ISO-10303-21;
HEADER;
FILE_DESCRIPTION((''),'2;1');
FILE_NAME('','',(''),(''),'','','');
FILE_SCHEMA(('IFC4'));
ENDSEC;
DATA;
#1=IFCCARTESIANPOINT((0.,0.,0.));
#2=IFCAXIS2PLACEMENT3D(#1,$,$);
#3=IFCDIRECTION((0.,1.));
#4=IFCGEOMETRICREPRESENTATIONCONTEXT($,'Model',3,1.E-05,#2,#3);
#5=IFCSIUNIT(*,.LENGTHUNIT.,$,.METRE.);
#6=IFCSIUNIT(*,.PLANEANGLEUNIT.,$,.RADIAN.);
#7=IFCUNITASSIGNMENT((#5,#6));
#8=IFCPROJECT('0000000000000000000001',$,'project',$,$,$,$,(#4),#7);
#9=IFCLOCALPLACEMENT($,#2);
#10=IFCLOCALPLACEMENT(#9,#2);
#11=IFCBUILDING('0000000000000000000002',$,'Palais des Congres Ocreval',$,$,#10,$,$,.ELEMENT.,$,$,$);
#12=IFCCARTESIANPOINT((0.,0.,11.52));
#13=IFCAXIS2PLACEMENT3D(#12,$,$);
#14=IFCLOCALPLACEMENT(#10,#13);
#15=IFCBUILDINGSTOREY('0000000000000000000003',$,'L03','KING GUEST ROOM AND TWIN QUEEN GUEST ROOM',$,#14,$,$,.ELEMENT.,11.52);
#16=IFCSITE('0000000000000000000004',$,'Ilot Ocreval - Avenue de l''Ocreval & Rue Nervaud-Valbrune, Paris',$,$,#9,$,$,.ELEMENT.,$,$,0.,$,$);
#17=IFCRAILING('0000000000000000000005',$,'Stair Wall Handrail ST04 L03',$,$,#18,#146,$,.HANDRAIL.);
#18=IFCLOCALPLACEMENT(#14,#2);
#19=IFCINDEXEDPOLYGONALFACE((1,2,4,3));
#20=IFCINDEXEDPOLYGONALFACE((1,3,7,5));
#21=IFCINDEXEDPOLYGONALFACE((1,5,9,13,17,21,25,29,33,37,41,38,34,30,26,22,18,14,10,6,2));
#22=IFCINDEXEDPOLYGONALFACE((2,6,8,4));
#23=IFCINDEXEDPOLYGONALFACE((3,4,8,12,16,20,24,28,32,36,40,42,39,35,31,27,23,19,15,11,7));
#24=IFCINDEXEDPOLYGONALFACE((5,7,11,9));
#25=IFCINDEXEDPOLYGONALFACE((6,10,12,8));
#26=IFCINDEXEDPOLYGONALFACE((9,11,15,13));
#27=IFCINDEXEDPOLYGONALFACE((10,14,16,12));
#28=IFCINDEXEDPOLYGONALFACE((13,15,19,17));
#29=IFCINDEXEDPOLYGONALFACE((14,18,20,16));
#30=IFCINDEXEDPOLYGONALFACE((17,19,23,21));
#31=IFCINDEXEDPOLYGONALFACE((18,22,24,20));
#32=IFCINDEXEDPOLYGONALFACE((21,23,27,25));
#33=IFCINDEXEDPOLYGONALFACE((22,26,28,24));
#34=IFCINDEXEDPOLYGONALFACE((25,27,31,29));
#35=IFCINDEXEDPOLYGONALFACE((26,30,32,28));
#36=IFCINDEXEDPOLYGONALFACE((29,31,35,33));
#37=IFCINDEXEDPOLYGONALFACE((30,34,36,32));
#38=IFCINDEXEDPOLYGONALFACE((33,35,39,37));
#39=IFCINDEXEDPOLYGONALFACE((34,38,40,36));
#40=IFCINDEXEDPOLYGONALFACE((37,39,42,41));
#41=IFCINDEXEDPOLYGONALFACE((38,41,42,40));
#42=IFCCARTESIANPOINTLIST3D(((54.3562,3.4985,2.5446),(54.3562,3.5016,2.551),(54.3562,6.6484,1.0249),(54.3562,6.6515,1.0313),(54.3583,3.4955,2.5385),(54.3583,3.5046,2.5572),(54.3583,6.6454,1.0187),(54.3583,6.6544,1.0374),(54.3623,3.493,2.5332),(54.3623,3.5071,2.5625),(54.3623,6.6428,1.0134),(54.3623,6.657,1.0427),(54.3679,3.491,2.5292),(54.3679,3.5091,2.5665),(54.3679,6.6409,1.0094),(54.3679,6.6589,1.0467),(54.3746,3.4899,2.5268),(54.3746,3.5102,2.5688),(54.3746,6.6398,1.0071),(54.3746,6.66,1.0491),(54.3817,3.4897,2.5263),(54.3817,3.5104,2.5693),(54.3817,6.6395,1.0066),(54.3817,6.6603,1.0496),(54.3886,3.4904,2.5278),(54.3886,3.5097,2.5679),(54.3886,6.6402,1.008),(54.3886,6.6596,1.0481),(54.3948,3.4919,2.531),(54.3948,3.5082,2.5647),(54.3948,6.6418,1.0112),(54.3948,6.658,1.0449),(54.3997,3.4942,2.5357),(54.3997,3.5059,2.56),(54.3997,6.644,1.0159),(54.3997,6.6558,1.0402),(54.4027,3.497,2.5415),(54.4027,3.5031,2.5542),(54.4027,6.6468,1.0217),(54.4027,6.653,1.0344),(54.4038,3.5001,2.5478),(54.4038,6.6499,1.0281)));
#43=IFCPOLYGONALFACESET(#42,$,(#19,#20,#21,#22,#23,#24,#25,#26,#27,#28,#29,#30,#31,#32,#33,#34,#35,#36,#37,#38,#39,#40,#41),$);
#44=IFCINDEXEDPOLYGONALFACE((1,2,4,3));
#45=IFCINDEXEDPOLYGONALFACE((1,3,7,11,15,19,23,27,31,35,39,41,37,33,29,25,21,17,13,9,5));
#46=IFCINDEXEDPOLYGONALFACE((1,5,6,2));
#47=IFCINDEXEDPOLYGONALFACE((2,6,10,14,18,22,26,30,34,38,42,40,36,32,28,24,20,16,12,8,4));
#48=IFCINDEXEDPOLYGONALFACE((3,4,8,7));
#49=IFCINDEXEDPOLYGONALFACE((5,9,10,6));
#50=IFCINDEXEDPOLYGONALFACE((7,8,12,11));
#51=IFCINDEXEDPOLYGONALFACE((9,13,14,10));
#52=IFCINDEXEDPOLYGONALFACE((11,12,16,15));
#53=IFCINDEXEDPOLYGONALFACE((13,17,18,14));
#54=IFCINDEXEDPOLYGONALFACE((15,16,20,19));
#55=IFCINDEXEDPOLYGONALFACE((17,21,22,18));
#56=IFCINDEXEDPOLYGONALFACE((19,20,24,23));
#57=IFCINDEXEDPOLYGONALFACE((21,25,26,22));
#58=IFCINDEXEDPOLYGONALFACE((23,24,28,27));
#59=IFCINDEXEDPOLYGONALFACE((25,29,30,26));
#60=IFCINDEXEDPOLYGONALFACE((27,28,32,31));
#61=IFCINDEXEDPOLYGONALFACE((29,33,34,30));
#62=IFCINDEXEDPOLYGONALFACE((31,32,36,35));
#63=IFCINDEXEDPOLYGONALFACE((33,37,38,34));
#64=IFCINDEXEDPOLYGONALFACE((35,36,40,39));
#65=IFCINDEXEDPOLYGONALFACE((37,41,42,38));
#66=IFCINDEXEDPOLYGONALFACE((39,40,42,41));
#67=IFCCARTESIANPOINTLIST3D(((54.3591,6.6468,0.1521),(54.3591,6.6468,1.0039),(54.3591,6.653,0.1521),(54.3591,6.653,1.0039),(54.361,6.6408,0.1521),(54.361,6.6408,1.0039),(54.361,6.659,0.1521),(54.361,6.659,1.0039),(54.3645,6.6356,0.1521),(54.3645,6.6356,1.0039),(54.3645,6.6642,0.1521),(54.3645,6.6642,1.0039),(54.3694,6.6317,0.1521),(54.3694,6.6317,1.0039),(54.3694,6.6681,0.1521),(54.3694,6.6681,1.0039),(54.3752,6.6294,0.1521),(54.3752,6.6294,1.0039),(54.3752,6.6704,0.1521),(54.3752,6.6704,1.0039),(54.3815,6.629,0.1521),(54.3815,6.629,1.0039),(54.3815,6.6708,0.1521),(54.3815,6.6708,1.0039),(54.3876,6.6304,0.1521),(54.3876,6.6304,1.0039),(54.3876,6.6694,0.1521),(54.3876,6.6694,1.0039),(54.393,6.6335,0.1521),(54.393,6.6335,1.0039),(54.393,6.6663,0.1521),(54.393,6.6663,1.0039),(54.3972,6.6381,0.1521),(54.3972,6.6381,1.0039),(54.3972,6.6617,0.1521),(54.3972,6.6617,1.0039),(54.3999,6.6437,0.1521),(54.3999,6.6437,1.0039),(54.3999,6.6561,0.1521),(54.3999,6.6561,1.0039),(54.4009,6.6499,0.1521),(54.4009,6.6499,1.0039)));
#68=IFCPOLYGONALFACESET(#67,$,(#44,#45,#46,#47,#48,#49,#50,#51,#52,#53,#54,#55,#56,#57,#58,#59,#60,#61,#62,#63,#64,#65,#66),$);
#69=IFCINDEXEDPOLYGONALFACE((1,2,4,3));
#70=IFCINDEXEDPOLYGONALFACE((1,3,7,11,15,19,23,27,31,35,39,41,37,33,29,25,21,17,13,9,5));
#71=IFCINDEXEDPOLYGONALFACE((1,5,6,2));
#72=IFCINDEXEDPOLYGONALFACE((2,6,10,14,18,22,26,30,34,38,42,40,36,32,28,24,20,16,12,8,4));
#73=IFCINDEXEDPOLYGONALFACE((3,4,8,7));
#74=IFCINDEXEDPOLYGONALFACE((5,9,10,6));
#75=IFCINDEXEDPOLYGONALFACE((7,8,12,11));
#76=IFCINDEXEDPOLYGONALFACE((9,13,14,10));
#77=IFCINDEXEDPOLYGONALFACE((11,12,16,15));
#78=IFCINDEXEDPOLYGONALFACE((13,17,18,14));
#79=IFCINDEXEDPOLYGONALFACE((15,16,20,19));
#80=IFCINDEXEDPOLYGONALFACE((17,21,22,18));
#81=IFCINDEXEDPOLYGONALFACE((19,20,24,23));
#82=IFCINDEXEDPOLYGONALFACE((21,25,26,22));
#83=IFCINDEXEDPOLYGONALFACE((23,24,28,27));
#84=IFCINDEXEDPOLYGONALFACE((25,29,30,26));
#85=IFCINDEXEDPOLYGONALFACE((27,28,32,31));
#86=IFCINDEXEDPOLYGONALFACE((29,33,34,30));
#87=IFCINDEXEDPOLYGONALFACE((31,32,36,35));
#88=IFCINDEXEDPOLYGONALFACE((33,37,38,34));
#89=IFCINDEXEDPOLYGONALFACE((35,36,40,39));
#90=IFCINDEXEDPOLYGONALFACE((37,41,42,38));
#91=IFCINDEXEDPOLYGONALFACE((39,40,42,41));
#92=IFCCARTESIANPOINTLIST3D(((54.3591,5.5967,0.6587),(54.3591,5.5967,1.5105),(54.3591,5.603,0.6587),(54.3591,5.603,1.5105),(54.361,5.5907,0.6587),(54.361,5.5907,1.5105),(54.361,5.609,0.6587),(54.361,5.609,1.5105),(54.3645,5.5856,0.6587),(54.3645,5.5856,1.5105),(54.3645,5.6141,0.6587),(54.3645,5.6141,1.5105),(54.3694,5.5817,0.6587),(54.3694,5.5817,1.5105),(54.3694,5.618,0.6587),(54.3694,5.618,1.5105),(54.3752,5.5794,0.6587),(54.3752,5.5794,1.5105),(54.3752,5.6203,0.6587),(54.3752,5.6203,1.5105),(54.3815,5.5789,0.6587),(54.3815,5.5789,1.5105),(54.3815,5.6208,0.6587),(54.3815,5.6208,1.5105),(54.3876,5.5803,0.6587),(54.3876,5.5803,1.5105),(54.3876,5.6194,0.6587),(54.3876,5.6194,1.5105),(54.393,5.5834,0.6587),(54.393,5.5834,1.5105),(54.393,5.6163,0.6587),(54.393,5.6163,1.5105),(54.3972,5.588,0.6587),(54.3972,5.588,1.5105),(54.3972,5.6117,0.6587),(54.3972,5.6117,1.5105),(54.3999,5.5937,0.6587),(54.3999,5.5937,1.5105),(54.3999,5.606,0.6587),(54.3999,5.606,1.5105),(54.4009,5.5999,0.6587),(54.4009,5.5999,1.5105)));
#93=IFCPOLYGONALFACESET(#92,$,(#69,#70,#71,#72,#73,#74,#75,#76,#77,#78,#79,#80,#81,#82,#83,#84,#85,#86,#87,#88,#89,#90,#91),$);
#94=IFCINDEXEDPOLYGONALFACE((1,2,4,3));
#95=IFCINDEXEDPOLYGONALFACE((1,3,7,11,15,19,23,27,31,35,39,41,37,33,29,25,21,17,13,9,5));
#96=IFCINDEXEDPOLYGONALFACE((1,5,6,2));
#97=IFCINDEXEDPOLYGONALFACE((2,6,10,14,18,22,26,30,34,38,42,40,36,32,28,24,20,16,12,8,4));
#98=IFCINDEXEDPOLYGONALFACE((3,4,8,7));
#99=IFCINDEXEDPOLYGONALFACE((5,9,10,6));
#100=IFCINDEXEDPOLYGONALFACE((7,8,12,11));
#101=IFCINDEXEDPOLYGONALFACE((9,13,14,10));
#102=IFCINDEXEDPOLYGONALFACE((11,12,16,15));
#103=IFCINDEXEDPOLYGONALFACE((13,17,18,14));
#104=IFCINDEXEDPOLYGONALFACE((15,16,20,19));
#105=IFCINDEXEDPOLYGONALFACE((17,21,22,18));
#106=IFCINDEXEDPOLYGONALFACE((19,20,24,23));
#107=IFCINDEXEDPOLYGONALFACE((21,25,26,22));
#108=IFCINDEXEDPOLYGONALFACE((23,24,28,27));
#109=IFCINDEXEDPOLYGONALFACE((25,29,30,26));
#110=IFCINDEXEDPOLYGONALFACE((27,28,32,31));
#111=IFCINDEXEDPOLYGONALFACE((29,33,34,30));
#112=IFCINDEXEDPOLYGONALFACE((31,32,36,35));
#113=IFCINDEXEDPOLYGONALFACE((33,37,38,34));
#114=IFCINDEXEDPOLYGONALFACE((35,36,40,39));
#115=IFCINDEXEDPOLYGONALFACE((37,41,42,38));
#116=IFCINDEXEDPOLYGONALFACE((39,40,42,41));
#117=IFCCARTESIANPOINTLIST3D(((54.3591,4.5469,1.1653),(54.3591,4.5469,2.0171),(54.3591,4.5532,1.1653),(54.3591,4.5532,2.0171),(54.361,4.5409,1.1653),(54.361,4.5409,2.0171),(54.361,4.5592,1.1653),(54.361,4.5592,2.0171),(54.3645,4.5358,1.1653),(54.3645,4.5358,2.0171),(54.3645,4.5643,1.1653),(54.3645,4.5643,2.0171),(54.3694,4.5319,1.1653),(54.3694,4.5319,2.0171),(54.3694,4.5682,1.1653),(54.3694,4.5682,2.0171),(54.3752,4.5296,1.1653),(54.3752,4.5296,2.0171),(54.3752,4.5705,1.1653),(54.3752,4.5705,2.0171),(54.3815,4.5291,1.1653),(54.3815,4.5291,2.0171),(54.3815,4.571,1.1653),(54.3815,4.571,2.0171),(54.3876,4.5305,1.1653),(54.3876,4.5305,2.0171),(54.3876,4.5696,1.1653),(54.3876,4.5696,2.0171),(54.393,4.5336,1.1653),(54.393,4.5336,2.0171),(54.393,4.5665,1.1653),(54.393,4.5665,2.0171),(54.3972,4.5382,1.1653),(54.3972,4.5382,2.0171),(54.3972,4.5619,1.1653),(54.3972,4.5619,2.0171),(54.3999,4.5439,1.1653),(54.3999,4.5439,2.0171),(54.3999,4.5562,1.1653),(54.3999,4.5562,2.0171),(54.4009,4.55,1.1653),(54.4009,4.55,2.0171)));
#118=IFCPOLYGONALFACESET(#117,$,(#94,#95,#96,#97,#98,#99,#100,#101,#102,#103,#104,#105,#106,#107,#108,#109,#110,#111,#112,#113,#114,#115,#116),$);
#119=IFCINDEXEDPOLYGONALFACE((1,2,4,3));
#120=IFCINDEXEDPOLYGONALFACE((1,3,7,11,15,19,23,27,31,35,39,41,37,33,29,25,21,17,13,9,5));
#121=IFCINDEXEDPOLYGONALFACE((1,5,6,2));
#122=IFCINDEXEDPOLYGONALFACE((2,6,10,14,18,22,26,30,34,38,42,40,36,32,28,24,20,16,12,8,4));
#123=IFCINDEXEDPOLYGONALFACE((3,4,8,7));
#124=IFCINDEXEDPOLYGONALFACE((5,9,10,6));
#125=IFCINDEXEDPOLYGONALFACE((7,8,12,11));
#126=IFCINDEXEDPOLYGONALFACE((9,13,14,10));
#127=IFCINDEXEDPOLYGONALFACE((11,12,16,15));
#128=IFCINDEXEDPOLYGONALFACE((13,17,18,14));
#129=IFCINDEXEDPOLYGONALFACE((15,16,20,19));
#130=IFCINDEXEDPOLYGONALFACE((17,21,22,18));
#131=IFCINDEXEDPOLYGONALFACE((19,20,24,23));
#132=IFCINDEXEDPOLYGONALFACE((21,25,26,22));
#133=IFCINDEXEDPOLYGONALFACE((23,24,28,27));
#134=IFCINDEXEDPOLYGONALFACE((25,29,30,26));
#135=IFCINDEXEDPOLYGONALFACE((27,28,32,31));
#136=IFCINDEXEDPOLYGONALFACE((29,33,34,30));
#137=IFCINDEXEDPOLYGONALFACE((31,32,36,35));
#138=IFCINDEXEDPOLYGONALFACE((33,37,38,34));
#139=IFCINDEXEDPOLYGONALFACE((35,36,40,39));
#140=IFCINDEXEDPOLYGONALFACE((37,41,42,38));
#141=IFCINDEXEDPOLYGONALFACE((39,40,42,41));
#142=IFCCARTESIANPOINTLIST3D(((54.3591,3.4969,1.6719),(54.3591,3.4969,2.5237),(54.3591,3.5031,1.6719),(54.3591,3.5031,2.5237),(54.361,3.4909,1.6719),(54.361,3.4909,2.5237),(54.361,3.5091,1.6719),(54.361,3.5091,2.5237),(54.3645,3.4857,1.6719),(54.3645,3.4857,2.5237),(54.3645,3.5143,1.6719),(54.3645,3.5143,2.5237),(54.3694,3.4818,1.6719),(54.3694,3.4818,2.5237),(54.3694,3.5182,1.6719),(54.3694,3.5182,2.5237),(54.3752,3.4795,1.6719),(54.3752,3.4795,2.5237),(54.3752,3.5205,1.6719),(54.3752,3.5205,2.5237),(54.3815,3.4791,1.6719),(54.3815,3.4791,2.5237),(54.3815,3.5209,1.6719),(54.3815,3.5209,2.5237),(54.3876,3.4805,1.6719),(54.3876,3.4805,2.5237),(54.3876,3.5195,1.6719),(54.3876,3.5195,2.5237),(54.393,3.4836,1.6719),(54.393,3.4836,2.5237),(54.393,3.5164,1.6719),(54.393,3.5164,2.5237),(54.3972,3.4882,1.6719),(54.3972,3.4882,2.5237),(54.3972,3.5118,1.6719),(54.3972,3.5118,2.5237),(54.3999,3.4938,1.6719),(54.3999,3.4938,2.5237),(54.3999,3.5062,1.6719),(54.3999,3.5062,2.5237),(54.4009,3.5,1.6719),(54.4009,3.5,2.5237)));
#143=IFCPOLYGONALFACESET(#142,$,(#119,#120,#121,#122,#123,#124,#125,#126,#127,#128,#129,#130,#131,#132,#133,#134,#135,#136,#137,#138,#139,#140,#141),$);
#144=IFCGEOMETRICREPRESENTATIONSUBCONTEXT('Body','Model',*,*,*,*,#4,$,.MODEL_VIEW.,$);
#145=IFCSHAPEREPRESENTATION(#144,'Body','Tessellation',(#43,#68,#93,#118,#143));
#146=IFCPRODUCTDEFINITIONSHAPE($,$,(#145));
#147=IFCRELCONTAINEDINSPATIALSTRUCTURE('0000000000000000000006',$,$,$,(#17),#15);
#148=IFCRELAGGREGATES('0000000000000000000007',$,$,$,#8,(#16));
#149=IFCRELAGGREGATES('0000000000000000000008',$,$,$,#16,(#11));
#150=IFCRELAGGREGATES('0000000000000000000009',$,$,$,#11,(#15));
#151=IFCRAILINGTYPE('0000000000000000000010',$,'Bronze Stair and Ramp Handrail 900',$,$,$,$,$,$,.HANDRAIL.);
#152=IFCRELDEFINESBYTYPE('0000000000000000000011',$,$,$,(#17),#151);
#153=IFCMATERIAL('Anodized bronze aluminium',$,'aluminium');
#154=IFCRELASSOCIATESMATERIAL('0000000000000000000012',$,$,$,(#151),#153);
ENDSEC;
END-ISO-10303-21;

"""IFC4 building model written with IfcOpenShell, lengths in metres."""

from ifc_helpers import new_model, si_unit, direction, frame, origin, origin_2d, place, context, subcontext, project, spatial, circle, extrude, material, type_object, element, save


model = new_model("IFC4")

# Units and contexts
model_context = context("Model", 3, precision=1e-05, world=origin(), true_north=direction((0.0, 1.0)))
body_context = subcontext(model_context, "Body", "Model", "MODEL_VIEW")
ifc_project = project(units=[si_unit("LENGTHUNIT", "METRE"), si_unit("PLANEANGLEUNIT", "RADIAN")], contexts=[model_context])

# Site, building, storey
site_placement = place(None, origin())
site = spatial("IfcSite", under=ifc_project, at=site_placement, Name="Ilot Ocreval - Avenue de l'Ocreval & Rue Nervaud-Valbrune, Paris", CompositionType="ELEMENT", RefElevation=0.0)
building_placement = place(site_placement, origin())
building = spatial("IfcBuilding", under=site, at=building_placement, Name="Palais des Congres Ocreval", CompositionType="ELEMENT")
storey_placement = place(building_placement, frame((0.0, 0.0, 11.52)))
storey = spatial("IfcBuildingStorey", under=building, at=storey_placement, Name="L03", Description="KING GUEST ROOM AND TWIN QUEEN GUEST ROOM", CompositionType="ELEMENT", Elevation=11.52)

# Railing
ifc_material_1 = material(Name="Anodized bronze aluminium", Category="aluminium")
railing_type_1 = type_object("IfcRailingType", Name="Bronze Stair and Ramp Handrail 900", PredefinedType="HANDRAIL", material=ifc_material_1)
railing_1_placement = place(storey_placement, frame((54.3799, 6.6499, 0.1521)))
element("IfcRailing", 1, at=railing_1_placement, inside=storey, type_object=railing_type_1, Name="Stair Wall Handrail ST04 L03", PredefinedType="HANDRAIL", context=body_context, shape_type="SweptSolid", body=[
    extrude(circle(Radius=0.0239, at=origin_2d()), frame((0.0, 0.0, 0.876), z_axis=(0.0, -0.900649, 0.434548), x_axis=(1.0, 0.0, 0.0)), (0.0, 0.0, 1.0), 3.4973),
    extrude(circle(Radius=0.021, at=origin_2d()), origin(), (0.0, 0.0, 1.0), 0.8518),
    extrude(circle(Radius=0.021, at=origin_2d()), frame((0.0, -1.05, 0.5066)), (0.0, 0.0, 1.0), 0.8518),
    extrude(circle(Radius=0.021, at=origin_2d()), frame((0.0, -2.0999, 1.0132)), (0.0, 0.0, 1.0), 0.8518),
    extrude(circle(Radius=0.021, at=origin_2d()), frame((0.0, -3.1499, 1.5198)), (0.0, 0.0, 1.0), 0.8518),
])

save(model, "model.ifc")
